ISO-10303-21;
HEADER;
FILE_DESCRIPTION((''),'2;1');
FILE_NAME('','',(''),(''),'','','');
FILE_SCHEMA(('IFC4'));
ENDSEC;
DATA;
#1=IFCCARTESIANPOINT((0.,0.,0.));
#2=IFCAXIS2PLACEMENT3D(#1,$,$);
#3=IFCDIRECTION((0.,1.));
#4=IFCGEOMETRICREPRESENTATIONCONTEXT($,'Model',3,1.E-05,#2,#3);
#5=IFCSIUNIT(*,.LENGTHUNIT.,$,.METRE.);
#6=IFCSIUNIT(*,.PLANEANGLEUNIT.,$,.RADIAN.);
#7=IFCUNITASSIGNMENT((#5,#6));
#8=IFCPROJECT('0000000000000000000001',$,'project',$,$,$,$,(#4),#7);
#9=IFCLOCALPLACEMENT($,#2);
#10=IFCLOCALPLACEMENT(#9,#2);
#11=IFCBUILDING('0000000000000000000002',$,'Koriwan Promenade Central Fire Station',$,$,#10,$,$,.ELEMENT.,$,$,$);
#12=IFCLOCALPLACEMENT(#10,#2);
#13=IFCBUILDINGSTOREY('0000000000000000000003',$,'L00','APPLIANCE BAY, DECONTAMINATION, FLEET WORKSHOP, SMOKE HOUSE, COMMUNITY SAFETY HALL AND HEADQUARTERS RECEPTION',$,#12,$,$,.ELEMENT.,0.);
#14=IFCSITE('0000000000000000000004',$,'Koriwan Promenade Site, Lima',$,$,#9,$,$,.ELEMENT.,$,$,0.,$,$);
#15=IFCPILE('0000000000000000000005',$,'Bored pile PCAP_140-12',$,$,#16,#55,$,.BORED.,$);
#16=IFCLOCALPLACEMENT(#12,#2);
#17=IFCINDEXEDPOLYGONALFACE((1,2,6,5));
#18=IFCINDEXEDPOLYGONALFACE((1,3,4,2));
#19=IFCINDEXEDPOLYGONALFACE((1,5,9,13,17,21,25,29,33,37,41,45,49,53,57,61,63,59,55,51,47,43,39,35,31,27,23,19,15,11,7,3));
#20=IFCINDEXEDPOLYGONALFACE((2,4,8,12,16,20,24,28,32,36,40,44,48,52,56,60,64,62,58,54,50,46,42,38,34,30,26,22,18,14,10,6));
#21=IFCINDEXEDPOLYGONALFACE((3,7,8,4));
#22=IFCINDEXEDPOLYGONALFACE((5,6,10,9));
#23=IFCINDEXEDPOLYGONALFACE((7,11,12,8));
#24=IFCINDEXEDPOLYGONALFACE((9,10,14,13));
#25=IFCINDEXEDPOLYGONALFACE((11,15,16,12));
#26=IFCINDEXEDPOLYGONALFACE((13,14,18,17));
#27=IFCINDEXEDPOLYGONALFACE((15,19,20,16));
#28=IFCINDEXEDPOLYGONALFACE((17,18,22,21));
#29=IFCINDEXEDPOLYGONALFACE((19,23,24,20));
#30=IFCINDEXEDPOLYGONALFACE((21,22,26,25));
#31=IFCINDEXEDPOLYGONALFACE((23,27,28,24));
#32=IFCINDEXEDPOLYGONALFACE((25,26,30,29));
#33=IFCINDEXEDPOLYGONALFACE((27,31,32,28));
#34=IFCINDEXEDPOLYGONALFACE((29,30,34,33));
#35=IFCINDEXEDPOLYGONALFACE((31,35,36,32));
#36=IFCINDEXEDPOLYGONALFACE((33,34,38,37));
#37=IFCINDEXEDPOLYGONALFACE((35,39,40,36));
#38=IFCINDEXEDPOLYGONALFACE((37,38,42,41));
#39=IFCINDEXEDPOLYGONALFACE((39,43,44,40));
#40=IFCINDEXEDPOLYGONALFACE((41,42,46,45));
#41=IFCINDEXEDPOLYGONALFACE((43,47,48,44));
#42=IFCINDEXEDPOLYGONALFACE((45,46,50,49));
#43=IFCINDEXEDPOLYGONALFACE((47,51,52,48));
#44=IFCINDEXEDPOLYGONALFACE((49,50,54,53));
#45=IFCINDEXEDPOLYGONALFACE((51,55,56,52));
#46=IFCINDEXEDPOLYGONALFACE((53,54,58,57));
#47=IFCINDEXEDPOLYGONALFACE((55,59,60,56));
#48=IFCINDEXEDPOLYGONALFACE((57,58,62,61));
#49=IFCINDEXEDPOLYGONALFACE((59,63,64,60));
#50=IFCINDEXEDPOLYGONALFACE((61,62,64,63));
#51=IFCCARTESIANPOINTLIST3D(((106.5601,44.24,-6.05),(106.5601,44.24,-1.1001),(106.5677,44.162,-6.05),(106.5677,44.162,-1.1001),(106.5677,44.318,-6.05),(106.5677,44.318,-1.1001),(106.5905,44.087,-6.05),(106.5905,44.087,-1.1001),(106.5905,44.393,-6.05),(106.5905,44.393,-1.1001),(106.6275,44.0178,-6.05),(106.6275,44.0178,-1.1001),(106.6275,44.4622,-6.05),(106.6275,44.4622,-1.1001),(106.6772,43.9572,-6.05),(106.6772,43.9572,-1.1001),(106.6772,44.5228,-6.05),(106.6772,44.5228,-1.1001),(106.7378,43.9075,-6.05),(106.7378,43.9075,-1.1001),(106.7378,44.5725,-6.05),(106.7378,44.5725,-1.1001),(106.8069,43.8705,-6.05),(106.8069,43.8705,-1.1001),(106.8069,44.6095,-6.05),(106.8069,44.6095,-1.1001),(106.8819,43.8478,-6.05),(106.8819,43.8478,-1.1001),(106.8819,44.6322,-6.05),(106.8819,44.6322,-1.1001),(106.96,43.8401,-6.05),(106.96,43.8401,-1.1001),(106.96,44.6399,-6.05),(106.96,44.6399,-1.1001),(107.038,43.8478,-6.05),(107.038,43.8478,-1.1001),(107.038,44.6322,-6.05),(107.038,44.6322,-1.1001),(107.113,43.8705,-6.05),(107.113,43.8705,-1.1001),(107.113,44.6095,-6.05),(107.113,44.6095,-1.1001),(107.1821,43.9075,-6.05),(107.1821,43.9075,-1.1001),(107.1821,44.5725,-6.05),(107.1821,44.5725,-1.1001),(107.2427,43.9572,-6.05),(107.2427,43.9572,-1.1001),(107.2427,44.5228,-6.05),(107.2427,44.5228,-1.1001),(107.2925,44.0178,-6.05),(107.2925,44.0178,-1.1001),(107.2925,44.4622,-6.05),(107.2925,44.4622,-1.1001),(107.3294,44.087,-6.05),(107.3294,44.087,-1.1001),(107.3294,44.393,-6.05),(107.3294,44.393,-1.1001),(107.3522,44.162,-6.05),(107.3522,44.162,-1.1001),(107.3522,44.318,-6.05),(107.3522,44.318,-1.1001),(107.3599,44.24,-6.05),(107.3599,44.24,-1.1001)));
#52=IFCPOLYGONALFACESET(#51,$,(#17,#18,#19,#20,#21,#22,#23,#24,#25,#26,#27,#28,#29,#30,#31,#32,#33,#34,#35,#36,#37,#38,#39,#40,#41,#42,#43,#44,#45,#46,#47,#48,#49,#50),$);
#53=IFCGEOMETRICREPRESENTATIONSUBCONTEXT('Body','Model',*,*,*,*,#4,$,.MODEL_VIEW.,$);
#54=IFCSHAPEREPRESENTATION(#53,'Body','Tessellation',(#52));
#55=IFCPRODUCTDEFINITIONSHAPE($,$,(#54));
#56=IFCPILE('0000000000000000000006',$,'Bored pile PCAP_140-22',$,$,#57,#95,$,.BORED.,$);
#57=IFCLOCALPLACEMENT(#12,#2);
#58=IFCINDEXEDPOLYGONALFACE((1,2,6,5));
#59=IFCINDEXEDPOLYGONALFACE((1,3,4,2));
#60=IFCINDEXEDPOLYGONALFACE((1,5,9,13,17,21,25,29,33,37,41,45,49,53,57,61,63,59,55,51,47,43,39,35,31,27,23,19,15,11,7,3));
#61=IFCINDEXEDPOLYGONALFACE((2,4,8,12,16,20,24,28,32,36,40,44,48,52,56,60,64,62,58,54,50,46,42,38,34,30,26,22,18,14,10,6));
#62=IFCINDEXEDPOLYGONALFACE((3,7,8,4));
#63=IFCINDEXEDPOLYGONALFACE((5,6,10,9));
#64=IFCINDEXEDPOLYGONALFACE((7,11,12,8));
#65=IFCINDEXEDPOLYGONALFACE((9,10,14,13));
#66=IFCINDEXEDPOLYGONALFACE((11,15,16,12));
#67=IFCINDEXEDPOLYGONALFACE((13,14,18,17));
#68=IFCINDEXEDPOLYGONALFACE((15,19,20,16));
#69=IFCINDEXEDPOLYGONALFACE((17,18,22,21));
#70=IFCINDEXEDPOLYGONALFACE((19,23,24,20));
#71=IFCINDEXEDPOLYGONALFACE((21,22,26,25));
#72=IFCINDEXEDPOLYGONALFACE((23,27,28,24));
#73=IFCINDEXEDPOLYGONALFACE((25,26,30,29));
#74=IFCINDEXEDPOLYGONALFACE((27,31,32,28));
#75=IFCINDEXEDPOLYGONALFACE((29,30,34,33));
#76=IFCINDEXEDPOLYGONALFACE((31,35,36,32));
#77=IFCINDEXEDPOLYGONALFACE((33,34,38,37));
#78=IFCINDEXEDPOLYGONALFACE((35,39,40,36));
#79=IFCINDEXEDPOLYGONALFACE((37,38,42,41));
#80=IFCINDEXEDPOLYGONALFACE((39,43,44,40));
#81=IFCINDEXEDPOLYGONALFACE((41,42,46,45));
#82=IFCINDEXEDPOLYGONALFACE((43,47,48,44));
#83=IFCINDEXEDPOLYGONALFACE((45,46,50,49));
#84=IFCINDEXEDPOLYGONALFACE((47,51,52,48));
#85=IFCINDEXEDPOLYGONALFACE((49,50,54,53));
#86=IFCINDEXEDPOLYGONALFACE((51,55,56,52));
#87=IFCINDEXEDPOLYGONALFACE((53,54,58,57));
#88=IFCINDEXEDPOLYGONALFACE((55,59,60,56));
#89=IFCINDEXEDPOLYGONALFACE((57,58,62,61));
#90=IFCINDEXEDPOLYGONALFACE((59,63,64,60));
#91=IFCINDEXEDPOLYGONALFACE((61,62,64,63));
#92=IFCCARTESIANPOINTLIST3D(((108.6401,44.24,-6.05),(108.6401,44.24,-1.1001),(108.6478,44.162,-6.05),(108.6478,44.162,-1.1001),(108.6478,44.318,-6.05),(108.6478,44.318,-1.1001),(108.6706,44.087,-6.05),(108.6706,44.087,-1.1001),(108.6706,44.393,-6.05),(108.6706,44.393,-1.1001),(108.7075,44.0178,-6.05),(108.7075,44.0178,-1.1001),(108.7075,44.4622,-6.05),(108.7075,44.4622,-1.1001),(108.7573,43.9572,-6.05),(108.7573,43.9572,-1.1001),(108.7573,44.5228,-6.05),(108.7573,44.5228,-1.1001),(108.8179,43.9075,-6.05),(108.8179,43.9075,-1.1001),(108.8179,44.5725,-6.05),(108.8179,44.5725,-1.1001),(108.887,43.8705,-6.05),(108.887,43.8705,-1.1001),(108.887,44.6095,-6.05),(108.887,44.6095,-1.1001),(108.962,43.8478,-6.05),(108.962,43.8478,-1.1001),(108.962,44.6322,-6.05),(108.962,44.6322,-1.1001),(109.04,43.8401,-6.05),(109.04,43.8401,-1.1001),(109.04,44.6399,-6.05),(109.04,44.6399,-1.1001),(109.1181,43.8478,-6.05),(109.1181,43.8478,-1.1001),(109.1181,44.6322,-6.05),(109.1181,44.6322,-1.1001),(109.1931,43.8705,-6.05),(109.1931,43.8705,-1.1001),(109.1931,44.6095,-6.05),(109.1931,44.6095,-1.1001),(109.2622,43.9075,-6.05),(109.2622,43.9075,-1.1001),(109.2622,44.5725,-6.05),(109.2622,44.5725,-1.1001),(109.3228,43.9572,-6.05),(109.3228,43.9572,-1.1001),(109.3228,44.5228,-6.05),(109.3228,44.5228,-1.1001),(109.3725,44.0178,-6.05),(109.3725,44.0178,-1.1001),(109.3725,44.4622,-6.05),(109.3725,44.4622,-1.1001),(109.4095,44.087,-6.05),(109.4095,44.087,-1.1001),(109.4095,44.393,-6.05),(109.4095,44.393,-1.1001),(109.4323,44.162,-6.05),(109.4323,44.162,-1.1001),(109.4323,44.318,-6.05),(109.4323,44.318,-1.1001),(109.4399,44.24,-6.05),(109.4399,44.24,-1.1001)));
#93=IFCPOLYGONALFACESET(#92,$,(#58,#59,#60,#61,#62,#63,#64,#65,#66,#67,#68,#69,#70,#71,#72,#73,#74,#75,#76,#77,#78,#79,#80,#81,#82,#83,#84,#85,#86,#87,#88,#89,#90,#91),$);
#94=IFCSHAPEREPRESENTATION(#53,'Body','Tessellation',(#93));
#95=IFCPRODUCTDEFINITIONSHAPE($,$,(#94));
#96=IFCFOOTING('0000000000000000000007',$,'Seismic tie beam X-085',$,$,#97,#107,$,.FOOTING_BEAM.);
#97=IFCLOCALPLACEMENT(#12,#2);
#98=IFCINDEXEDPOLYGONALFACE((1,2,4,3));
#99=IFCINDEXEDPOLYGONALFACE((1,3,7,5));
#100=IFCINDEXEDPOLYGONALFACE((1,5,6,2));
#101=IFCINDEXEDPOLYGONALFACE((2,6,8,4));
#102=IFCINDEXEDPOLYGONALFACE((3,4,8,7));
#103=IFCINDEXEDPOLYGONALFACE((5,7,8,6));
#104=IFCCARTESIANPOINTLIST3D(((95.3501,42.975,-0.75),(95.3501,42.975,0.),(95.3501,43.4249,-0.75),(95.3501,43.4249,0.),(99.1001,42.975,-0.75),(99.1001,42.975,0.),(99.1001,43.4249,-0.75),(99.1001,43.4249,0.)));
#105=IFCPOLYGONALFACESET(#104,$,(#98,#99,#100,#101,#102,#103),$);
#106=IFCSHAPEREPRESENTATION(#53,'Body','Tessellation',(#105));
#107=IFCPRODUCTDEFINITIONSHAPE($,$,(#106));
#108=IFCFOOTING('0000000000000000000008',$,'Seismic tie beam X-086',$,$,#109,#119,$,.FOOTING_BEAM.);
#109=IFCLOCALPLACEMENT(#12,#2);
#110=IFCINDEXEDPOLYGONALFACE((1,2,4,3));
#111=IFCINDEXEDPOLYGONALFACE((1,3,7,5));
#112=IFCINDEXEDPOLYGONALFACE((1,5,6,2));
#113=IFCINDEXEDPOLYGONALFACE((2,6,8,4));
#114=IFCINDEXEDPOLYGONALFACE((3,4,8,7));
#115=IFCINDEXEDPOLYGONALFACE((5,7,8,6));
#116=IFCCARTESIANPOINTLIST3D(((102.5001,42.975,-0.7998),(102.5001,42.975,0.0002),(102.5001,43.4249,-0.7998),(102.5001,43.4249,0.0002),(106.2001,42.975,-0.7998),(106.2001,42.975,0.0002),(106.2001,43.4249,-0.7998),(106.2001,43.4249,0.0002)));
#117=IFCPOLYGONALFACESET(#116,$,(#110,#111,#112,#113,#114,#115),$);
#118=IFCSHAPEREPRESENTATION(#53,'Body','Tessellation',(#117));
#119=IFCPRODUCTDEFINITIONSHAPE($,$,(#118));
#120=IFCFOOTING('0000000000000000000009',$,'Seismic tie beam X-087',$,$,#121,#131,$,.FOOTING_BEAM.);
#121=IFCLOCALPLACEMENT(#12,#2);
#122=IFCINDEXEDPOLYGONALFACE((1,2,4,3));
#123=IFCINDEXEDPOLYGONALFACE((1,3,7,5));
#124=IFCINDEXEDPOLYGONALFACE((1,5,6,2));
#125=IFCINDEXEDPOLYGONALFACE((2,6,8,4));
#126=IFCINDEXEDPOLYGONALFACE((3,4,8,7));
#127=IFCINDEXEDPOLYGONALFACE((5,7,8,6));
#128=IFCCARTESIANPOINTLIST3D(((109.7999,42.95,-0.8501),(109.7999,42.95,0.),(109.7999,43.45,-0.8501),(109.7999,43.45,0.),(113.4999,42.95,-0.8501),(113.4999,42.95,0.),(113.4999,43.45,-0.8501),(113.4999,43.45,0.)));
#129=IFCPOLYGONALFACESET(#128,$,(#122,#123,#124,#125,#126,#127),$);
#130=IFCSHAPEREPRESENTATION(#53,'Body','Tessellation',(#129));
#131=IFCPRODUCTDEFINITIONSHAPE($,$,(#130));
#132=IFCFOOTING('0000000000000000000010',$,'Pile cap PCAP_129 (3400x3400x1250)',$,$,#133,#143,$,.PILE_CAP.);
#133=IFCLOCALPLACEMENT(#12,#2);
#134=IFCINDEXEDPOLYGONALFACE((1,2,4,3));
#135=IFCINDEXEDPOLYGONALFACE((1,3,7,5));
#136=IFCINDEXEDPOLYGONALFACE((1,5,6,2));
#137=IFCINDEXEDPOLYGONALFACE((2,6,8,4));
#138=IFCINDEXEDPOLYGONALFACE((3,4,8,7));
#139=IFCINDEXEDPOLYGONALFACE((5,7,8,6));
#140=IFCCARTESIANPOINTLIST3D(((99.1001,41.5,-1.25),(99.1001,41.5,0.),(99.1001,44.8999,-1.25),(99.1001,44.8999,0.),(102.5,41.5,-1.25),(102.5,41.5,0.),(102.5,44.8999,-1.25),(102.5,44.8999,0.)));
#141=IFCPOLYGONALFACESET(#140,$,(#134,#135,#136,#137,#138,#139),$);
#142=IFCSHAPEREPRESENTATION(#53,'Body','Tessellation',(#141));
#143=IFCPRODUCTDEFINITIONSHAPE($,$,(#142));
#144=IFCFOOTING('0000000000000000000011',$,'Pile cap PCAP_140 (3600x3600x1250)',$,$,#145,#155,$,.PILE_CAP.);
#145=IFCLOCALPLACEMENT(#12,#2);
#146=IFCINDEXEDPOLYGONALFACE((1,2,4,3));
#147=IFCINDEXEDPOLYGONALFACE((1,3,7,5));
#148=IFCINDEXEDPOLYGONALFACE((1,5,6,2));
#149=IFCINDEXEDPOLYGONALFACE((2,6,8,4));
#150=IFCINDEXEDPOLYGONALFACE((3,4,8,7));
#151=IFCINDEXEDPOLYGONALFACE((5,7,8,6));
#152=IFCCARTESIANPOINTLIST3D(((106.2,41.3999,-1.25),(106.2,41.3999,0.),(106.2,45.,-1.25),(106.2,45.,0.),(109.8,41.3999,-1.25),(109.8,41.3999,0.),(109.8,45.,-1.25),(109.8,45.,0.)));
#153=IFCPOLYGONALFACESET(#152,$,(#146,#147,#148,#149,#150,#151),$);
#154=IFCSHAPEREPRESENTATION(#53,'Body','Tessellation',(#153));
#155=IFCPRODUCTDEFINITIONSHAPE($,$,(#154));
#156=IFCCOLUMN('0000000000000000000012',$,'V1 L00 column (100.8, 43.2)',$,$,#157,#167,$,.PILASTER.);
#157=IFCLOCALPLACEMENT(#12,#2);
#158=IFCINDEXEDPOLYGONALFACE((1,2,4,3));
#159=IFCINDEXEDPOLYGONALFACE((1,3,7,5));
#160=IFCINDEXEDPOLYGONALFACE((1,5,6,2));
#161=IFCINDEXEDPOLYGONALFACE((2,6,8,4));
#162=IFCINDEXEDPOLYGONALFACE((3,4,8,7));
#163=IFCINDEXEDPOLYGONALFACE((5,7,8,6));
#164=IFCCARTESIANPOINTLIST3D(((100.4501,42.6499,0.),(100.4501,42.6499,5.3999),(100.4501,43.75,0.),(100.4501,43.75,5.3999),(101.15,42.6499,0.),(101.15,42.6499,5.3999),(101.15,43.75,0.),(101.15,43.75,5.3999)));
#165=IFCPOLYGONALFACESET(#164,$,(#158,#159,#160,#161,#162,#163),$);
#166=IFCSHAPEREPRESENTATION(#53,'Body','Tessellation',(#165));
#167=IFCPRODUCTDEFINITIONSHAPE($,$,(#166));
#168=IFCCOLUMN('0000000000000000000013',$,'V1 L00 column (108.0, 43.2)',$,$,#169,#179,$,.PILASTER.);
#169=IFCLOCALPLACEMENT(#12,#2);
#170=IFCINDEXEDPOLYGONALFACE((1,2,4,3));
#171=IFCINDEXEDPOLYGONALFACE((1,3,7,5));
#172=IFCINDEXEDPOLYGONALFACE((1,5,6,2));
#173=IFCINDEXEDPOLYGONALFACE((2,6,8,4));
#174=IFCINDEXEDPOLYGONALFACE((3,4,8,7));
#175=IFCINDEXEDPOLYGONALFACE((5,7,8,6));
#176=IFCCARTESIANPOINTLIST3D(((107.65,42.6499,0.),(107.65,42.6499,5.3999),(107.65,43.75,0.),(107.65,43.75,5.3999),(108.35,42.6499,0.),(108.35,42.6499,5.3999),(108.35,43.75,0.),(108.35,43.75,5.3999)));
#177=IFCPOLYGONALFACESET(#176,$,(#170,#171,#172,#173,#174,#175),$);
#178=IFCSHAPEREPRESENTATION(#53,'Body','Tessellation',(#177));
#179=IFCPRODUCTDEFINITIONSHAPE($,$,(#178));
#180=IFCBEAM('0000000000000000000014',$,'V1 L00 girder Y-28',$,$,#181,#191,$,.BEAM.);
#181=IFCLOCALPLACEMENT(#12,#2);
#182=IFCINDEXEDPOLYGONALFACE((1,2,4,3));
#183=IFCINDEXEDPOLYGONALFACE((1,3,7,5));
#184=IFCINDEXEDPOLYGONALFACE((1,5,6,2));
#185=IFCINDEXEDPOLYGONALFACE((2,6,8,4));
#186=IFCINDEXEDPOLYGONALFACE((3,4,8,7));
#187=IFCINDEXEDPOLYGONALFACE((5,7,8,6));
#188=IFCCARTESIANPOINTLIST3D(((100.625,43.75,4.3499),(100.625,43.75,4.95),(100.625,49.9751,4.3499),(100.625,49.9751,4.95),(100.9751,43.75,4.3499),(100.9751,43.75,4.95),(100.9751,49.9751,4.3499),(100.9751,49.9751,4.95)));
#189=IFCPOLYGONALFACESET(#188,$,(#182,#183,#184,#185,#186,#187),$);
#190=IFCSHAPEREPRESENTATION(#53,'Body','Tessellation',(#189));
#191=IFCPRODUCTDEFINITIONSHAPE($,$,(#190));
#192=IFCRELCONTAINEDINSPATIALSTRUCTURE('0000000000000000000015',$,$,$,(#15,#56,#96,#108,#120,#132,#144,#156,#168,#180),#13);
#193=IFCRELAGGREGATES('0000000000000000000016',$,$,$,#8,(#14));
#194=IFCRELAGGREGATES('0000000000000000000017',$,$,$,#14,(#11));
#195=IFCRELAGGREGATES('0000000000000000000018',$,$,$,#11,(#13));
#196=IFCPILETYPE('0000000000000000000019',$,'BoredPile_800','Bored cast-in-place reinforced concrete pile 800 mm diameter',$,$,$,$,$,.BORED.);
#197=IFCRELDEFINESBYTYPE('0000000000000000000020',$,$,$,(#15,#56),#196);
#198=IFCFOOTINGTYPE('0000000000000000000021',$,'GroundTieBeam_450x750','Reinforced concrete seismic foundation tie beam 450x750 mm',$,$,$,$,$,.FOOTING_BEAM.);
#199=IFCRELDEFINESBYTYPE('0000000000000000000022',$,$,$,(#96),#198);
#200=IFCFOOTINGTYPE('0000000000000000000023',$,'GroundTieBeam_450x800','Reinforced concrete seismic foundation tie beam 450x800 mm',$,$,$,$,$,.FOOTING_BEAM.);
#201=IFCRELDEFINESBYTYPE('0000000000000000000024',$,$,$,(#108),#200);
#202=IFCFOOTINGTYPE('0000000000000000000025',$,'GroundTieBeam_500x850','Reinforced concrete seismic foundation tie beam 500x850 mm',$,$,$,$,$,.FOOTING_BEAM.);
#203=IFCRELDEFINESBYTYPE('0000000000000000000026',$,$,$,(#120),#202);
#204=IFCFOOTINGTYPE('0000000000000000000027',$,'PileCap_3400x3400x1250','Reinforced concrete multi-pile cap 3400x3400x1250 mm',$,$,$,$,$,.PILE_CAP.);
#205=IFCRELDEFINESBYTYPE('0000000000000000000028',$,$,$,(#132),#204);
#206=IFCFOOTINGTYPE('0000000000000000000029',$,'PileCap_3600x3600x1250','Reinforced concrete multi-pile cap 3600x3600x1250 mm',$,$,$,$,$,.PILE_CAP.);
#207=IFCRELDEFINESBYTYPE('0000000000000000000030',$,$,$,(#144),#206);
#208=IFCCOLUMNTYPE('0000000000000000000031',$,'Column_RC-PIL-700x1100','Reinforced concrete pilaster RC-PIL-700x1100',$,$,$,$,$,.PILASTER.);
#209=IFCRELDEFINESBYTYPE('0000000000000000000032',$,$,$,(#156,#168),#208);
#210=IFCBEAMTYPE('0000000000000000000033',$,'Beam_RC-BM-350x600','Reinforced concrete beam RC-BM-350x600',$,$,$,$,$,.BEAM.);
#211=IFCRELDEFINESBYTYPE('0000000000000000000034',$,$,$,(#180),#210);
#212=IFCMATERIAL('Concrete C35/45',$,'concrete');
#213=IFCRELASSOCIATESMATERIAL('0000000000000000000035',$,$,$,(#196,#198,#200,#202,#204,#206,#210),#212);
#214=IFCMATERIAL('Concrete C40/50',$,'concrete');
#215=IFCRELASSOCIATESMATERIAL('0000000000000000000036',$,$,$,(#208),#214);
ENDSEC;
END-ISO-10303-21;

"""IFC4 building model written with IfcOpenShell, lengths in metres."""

from ifc_helpers import new_model, si_unit, direction, frame, origin, origin_2d, place, context, subcontext, project, spatial, rectangle, circle, extrude, material, material_profile, profile_set, type_object, element, save


model = new_model("IFC4")

# Units and contexts
model_context = context("Model", 3, precision=1e-05, world=origin(), true_north=direction((0.0, 1.0)))
body_context = subcontext(model_context, "Body", "Model", "MODEL_VIEW")
ifc_project = project(units=[si_unit("LENGTHUNIT", "METRE"), si_unit("PLANEANGLEUNIT", "RADIAN")], contexts=[model_context])

# Site, building, storey
site_placement = place(None, origin())
site = spatial("IfcSite", under=ifc_project, at=site_placement, Name="Koriwan Promenade Site, Lima", CompositionType="ELEMENT", RefElevation=0.0)
building_placement = place(site_placement, origin())
building = spatial("IfcBuilding", under=site, at=building_placement, Name="Koriwan Promenade Central Fire Station", CompositionType="ELEMENT")
storey_placement = place(building_placement, origin())
storey = spatial("IfcBuildingStorey", under=building, at=storey_placement, Name="L00", Description="APPLIANCE BAY, DECONTAMINATION, FLEET WORKSHOP, SMOKE HOUSE, COMMUNITY SAFETY HALL AND HEADQUARTERS RECEPTION", CompositionType="ELEMENT", Elevation=0.0)

# Piles
ifc_material_1 = material(Name="Concrete C35/45", Category="concrete")
ifc_material_profile_1 = material_profile(ifc_material_1, circle(Radius=0.3999, at=origin_2d()), Name="PILE-D800")
ifc_profile_set_1 = profile_set([ifc_material_profile_1], Name="Concrete C35/45")
pile_type_1 = type_object("IfcPileType", Name="BoredPile_800", Description="Bored cast-in-place reinforced concrete pile 800 mm diameter", PredefinedType="BORED", material=ifc_profile_set_1)
for number, where, z_axis, x_axis, name in (
    (1, (106.96, 44.24, -1.1001), (0.0, 0.0, -1.0), (1.0, 0.0, 0.0), "Bored pile PCAP_140-12"),
    (2, (109.04, 44.24, -1.1001), (0.0, 0.0, -1.0), (1.0, 0.0, 0.0), "Bored pile PCAP_140-22"),
):
    element("IfcPile", number, at=place(storey_placement, frame(where, z_axis=z_axis, x_axis=x_axis)), inside=storey, type_object=pile_type_1, Name=name, PredefinedType="BORED", context=body_context, shape_type="SweptSolid", body=[
        extrude(circle(Radius=0.3999, at=origin_2d()), origin(), (0.0, 0.0, 1.0), 4.95),
    ])

# Footings
footing_type_1 = type_object("IfcFootingType", Name="GroundTieBeam_450x750", Description="Reinforced concrete seismic foundation tie beam 450x750 mm", PredefinedType="FOOTING_BEAM", material=ifc_material_1)
footing_1_placement = place(storey_placement, frame((97.2251, 43.2, -0.75), z_axis=(0.0, 0.0, 1.0), x_axis=(1.0, 0.0, 0.0)))
element("IfcFooting", 3, at=footing_1_placement, inside=storey, type_object=footing_type_1, Name="Seismic tie beam X-085", PredefinedType="FOOTING_BEAM", context=body_context, shape_type="SweptSolid", body=[
    extrude(rectangle(XDim=3.75, YDim=0.45, at=origin_2d()), origin(), (0.0, 0.0, 1.0), 0.75),
])
footing_type_2 = type_object("IfcFootingType", Name="GroundTieBeam_450x800", Description="Reinforced concrete seismic foundation tie beam 450x800 mm", PredefinedType="FOOTING_BEAM", material=ifc_material_1)
footing_2_placement = place(storey_placement, frame((104.3501, 43.2, -0.7998), z_axis=(0.0, 0.0, 1.0), x_axis=(1.0, 0.0, 0.0)))
element("IfcFooting", 4, at=footing_2_placement, inside=storey, type_object=footing_type_2, Name="Seismic tie beam X-086", PredefinedType="FOOTING_BEAM", context=body_context, shape_type="SweptSolid", body=[
    extrude(rectangle(XDim=3.7, YDim=0.45, at=origin_2d()), origin(), (0.0, 0.0, 1.0), 0.8),
])
footing_type_3 = type_object("IfcFootingType", Name="GroundTieBeam_500x850", Description="Reinforced concrete seismic foundation tie beam 500x850 mm", PredefinedType="FOOTING_BEAM", material=ifc_material_1)
footing_3_placement = place(storey_placement, frame((111.6499, 43.2, -0.8501), z_axis=(0.0, 0.0, 1.0), x_axis=(1.0, 0.0, 0.0)))
element("IfcFooting", 5, at=footing_3_placement, inside=storey, type_object=footing_type_3, Name="Seismic tie beam X-087", PredefinedType="FOOTING_BEAM", context=body_context, shape_type="SweptSolid", body=[
    extrude(rectangle(XDim=3.7, YDim=0.5, at=origin_2d()), origin(), (0.0, 0.0, 1.0), 0.8501),
])
footing_type_4 = type_object("IfcFootingType", Name="PileCap_3400x3400x1250", Description="Reinforced concrete multi-pile cap 3400x3400x1250 mm", PredefinedType="PILE_CAP", material=ifc_material_1)
footing_4_placement = place(storey_placement, frame((100.8, 43.2, -1.25), z_axis=(0.0, 0.0, 1.0), x_axis=(1.0, 0.0, 0.0)))
element("IfcFooting", 6, at=footing_4_placement, inside=storey, type_object=footing_type_4, Name="Pile cap PCAP_129 (3400x3400x1250)", PredefinedType="PILE_CAP", context=body_context, shape_type="SweptSolid", body=[
    extrude(rectangle(XDim=3.3999, YDim=3.3999, at=origin_2d()), origin(), (0.0, 0.0, 1.0), 1.25),
])
footing_type_5 = type_object("IfcFootingType", Name="PileCap_3600x3600x1250", Description="Reinforced concrete multi-pile cap 3600x3600x1250 mm", PredefinedType="PILE_CAP", material=ifc_material_1)
footing_5_placement = place(storey_placement, frame((108.0, 43.2, -1.25), z_axis=(0.0, 0.0, 1.0), x_axis=(1.0, 0.0, 0.0)))
element("IfcFooting", 7, at=footing_5_placement, inside=storey, type_object=footing_type_5, Name="Pile cap PCAP_140 (3600x3600x1250)", PredefinedType="PILE_CAP", context=body_context, shape_type="SweptSolid", body=[
    extrude(rectangle(XDim=3.6001, YDim=3.6001, at=origin_2d()), origin(), (0.0, 0.0, 1.0), 1.25),
])

# Columns
ifc_material_2 = material(Name="Concrete C40/50", Category="concrete")
ifc_material_profile_2 = material_profile(ifc_material_2, rectangle(XDim=0.7, YDim=1.1001, at=origin_2d()), Name="RC-PIL-700x1100")
ifc_profile_set_2 = profile_set([ifc_material_profile_2], Name="Concrete C40/50")
column_type = type_object("IfcColumnType", Name="Column_RC-PIL-700x1100", Description="Reinforced concrete pilaster RC-PIL-700x1100", PredefinedType="PILASTER", material=ifc_profile_set_2)
for number, where, z_axis, x_axis, name in (
    (8, (100.8, 43.2, 0.0), (0.0, 0.0, 1.0), (1.0, 0.0, 0.0), "V1 L00 column (100.8, 43.2)"),
    (9, (108.0, 43.2, 0.0), (0.0, 0.0, 1.0), (1.0, 0.0, 0.0), "V1 L00 column (108.0, 43.2)"),
):
    element("IfcColumn", number, at=place(storey_placement, frame(where, z_axis=z_axis, x_axis=x_axis)), inside=storey, type_object=column_type, Name=name, PredefinedType="PILASTER", context=body_context, shape_type="SweptSolid", body=[
        extrude(rectangle(XDim=0.7, YDim=1.1001, at=origin_2d()), origin(), (0.0, 0.0, 1.0), 5.3999),
    ])

# Beam
ifc_material_profile_3 = material_profile(ifc_material_1, rectangle(XDim=0.3501, YDim=0.6001, at=origin_2d()), Name="RC-BM-350x600")
ifc_profile_set_3 = profile_set([ifc_material_profile_3], Name="Concrete C35/45")
beam_type_1 = type_object("IfcBeamType", Name="Beam_RC-BM-350x600", Description="Reinforced concrete beam RC-BM-350x600", PredefinedType="BEAM", material=ifc_profile_set_3)
beam_placement = place(storey_placement, frame((100.8, 43.75, 4.6499), z_axis=(0.0, 1.0, 0.0), x_axis=(-1.0, 0.0, 0.0)))
element("IfcBeam", 10, at=beam_placement, inside=storey, type_object=beam_type_1, Name="V1 L00 girder Y-28", PredefinedType="BEAM", context=body_context, shape_type="SweptSolid", body=[
    extrude(rectangle(XDim=0.3501, YDim=0.6001, at=origin_2d()), origin(), (0.0, 0.0, 1.0), 6.2251),
])

save(model, "model.ifc")
